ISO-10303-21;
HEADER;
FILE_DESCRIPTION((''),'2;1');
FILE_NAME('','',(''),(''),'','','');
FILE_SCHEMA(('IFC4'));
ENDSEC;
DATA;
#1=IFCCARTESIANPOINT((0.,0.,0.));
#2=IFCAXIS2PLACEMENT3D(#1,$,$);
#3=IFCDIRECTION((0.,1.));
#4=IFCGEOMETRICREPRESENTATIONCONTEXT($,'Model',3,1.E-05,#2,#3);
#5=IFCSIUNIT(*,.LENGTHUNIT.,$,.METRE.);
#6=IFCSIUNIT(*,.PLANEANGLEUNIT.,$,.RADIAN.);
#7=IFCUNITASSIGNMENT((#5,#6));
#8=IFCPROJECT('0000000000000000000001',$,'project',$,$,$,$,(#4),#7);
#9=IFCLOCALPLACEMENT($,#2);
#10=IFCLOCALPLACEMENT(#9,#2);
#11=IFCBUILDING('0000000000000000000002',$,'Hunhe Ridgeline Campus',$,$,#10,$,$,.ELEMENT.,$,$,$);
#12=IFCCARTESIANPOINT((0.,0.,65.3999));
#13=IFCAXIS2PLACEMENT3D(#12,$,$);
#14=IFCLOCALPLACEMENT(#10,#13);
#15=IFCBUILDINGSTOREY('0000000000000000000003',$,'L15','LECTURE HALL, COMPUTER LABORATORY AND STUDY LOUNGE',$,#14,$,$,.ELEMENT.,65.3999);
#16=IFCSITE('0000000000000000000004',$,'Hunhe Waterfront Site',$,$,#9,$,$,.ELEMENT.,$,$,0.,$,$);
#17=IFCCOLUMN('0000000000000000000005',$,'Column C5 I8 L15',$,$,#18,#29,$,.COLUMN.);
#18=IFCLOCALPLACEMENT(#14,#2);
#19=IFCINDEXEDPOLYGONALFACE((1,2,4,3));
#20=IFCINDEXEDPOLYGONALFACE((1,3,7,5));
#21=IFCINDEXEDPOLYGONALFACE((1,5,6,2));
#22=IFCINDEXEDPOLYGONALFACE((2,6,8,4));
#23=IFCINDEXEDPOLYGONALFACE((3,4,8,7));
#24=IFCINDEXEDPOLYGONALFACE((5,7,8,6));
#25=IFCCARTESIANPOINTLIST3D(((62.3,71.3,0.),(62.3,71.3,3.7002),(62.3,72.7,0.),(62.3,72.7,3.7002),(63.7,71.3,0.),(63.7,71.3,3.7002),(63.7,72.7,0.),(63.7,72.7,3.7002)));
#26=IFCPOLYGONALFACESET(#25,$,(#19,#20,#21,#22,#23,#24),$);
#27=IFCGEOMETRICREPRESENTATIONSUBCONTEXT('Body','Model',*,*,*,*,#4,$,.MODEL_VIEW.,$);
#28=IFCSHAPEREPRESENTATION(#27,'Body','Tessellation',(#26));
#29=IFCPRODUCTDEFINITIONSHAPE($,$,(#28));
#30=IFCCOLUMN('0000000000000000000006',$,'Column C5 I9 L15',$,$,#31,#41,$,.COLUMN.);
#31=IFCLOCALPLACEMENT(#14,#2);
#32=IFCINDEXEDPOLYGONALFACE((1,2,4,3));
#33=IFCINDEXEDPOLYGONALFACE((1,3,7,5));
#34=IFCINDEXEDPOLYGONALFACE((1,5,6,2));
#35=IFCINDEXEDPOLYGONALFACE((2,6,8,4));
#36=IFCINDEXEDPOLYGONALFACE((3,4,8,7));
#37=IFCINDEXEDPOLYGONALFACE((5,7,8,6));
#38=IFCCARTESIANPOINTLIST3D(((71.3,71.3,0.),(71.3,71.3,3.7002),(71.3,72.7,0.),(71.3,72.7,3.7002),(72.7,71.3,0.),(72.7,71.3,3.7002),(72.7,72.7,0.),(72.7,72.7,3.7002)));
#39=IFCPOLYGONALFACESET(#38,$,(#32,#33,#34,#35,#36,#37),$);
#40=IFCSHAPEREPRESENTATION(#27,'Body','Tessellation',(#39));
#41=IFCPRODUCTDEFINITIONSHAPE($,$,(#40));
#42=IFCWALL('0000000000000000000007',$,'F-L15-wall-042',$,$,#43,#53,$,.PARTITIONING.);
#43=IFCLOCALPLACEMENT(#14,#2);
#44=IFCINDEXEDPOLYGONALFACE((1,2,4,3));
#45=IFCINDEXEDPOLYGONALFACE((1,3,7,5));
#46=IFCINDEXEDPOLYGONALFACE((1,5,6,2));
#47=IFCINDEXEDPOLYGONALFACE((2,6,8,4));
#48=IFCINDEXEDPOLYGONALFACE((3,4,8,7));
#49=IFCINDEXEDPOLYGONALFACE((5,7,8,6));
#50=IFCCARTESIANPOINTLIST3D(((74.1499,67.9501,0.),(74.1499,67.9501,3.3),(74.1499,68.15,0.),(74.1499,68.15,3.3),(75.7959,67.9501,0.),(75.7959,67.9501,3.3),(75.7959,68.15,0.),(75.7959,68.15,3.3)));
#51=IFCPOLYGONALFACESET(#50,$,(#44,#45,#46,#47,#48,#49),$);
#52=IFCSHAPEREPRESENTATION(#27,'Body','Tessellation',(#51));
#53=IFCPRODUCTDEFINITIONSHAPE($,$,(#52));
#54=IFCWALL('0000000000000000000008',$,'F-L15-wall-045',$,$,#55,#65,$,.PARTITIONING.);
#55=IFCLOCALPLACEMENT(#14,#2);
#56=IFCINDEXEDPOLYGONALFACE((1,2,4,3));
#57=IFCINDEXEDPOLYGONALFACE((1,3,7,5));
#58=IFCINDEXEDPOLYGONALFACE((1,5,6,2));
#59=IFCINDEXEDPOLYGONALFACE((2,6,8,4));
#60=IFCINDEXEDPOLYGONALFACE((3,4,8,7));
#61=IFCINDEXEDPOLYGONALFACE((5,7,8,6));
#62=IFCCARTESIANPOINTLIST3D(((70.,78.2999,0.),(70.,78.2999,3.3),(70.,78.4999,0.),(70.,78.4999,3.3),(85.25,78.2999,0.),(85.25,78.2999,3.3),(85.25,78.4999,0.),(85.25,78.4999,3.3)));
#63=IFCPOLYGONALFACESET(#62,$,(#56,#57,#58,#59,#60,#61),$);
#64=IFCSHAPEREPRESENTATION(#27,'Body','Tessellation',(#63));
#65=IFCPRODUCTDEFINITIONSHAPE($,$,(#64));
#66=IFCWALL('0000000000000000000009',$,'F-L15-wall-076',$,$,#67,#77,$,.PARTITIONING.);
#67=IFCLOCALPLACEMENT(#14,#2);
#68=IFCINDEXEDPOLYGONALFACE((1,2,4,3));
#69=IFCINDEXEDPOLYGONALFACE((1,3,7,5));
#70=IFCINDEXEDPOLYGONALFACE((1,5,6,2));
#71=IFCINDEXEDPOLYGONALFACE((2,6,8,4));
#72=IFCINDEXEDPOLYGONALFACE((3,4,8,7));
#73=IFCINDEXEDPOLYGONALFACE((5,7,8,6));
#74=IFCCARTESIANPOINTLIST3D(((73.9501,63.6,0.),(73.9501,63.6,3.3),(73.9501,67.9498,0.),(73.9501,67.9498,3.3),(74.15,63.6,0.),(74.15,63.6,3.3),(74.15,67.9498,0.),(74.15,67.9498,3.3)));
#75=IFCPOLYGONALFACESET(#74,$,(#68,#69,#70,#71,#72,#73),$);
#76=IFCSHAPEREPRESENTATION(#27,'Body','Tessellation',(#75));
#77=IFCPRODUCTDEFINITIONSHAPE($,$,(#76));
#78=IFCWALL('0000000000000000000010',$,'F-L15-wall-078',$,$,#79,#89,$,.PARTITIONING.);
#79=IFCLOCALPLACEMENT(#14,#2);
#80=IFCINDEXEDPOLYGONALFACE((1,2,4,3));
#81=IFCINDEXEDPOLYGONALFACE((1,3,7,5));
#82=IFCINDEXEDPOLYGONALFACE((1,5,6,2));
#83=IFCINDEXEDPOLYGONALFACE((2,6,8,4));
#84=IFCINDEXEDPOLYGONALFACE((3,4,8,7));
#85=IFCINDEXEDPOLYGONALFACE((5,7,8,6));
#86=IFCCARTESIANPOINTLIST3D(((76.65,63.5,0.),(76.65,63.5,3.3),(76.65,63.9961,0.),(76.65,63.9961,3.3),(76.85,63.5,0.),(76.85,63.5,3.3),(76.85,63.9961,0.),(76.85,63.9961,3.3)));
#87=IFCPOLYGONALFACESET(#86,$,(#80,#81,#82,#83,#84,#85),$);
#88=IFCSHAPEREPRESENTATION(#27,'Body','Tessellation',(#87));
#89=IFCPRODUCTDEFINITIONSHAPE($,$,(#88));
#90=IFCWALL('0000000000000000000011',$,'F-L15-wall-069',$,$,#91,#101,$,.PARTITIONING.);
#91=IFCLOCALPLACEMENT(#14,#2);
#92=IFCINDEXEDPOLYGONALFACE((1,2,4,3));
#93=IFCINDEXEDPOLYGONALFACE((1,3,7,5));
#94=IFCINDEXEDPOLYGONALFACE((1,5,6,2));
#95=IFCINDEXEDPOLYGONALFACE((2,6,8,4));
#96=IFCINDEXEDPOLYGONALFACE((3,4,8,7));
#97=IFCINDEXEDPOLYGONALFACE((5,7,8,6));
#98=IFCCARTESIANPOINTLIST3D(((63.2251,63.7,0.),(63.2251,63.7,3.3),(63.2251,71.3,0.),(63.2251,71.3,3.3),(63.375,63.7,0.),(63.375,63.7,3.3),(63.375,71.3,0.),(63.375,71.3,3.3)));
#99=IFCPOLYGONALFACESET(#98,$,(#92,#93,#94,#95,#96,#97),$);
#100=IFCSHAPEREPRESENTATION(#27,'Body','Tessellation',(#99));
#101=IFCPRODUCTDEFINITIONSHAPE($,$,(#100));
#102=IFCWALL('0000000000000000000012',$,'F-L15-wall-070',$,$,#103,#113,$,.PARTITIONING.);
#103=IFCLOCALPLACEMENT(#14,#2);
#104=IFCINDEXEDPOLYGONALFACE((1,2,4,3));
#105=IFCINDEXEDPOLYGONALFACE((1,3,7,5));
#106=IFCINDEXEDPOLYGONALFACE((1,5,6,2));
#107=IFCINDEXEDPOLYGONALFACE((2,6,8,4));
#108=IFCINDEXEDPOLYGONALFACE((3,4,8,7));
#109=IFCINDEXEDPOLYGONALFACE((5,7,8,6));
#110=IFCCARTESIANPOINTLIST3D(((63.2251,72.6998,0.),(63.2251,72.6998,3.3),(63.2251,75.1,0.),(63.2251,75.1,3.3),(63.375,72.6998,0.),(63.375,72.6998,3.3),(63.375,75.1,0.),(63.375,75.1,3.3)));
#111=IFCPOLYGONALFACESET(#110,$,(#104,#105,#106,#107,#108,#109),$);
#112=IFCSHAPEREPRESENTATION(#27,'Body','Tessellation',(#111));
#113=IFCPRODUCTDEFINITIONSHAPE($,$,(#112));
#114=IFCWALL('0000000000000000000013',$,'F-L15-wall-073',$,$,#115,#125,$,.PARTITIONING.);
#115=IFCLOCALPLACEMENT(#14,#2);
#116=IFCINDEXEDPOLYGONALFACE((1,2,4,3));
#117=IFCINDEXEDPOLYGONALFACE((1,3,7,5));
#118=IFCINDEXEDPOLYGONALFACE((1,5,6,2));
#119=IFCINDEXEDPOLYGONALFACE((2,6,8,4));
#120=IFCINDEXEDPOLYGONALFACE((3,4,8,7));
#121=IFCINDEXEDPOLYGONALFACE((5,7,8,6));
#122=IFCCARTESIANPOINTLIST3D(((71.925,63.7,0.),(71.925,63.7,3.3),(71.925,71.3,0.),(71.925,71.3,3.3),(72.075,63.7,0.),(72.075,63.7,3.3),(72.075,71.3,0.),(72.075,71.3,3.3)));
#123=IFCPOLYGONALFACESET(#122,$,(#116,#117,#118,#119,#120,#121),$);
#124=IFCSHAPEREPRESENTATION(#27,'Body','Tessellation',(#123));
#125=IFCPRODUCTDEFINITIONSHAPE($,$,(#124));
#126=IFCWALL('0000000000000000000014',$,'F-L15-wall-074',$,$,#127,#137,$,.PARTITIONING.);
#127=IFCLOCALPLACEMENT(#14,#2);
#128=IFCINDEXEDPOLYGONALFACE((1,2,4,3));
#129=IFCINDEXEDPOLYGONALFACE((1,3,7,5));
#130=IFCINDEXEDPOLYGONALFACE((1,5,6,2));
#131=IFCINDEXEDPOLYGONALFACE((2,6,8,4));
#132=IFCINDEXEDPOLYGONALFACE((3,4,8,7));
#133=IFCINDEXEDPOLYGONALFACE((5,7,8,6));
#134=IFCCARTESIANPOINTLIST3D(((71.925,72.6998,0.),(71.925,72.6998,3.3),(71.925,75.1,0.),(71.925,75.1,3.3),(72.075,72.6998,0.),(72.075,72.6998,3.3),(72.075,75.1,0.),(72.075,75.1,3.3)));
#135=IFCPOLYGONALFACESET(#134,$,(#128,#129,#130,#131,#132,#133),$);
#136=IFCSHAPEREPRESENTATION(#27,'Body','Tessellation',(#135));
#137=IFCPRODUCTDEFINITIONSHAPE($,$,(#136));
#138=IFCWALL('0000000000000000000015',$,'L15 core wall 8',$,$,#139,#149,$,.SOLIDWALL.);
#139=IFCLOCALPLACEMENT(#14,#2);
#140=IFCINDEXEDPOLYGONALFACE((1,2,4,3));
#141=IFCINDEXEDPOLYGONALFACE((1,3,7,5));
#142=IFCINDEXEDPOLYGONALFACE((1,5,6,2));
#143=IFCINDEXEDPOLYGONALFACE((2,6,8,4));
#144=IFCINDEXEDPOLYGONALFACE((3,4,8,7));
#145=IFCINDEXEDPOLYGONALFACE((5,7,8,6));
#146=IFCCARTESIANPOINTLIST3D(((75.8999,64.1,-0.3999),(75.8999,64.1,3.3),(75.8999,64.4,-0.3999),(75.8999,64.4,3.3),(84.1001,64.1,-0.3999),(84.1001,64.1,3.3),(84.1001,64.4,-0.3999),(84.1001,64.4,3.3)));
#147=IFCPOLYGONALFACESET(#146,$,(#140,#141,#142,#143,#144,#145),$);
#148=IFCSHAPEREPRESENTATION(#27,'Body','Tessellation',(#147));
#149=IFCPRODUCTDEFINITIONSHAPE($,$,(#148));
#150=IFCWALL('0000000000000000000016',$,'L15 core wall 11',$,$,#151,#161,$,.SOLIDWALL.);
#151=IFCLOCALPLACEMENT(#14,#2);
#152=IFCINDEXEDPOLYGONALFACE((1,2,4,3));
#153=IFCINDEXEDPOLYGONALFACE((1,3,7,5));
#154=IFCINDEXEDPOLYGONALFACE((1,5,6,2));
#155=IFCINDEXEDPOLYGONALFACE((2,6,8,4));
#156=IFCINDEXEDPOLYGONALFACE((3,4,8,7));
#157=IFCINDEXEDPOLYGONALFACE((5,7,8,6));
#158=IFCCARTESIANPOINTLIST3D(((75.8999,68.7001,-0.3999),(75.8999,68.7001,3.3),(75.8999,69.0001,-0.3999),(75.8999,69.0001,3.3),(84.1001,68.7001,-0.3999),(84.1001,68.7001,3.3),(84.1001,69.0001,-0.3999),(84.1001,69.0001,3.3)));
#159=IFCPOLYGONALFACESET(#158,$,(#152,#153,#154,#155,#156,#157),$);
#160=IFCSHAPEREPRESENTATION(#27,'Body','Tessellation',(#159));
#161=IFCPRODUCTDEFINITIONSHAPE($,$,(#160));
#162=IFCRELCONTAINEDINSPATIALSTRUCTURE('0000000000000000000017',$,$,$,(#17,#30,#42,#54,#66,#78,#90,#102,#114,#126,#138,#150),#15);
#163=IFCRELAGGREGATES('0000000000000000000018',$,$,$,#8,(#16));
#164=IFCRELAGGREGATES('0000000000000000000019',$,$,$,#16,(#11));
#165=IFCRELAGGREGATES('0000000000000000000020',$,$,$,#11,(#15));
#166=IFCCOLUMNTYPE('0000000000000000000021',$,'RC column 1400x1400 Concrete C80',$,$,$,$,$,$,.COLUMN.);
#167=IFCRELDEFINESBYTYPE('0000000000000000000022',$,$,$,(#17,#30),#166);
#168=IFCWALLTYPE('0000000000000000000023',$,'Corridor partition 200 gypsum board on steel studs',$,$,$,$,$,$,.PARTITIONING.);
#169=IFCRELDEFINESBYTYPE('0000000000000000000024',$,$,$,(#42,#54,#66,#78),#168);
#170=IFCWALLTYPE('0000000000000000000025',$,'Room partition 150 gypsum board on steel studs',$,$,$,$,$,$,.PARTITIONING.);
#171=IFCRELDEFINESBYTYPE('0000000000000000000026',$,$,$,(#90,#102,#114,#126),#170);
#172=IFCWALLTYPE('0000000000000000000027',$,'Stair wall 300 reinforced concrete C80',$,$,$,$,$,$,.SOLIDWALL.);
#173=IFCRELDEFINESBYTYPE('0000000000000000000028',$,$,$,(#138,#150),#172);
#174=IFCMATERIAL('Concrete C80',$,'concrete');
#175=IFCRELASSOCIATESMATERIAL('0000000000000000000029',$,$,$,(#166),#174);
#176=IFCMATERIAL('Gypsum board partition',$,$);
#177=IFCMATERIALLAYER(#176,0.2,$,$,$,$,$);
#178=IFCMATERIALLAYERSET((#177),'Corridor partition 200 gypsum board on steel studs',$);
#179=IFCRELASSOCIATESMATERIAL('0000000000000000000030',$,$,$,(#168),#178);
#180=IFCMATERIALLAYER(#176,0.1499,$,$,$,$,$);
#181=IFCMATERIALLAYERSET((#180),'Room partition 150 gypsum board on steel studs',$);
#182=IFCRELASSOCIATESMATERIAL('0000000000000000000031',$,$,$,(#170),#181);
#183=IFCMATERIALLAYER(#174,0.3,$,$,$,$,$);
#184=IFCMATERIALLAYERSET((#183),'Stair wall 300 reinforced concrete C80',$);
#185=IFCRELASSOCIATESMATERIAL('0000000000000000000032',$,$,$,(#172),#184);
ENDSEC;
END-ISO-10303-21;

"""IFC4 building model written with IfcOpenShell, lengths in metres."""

from ifc_helpers import new_model, si_unit, direction, frame, frame_2d, origin, origin_2d, place, context, subcontext, project, spatial, rectangle, extrude, material, layer, layer_set, material_profile, profile_set, type_object, element, save


model = new_model("IFC4")

# Units and contexts
model_context = context("Model", 3, precision=1e-05, world=origin(), true_north=direction((0.0, 1.0)))
body_context = subcontext(model_context, "Body", "Model", "MODEL_VIEW")
ifc_project = project(units=[si_unit("LENGTHUNIT", "METRE"), si_unit("PLANEANGLEUNIT", "RADIAN")], contexts=[model_context])

# Site, building, storey
site_placement = place(None, origin())
site = spatial("IfcSite", under=ifc_project, at=site_placement, Name="Hunhe Waterfront Site", CompositionType="ELEMENT", RefElevation=0.0)
building_placement = place(site_placement, origin())
building = spatial("IfcBuilding", under=site, at=building_placement, Name="Hunhe Ridgeline Campus", CompositionType="ELEMENT")
storey_placement = place(building_placement, frame((0.0, 0.0, 65.3999)))
storey = spatial("IfcBuildingStorey", under=building, at=storey_placement, Name="L15", Description="LECTURE HALL, COMPUTER LABORATORY AND STUDY LOUNGE", CompositionType="ELEMENT", Elevation=65.3999)

# Columns
ifc_material_1 = material(Name="Concrete C80", Category="concrete")
ifc_material_profile = material_profile(ifc_material_1, rectangle(XDim=1.3999, YDim=1.3999, at=origin_2d()))
ifc_profile_set = profile_set([ifc_material_profile], Name="Concrete C80")
column_type = type_object("IfcColumnType", Name="RC column 1400x1400 Concrete C80", PredefinedType="COLUMN", material=ifc_profile_set)
for number, where, z_axis, x_axis, name in (
    (1, (63.0, 72.0, 0.0), (0.0, 0.0, 1.0), (1.0, 0.0, 0.0), "Column C5 I8 L15"),
    (2, (72.0, 72.0, 0.0), (0.0, 0.0, 1.0), (1.0, 0.0, 0.0), "Column C5 I9 L15"),
):
    element("IfcColumn", number, at=place(storey_placement, frame(where, z_axis=z_axis, x_axis=x_axis)), inside=storey, type_object=column_type, Name=name, PredefinedType="COLUMN", context=body_context, shape_type="SweptSolid", body=[
        extrude(rectangle(XDim=1.3999, YDim=1.3999, at=origin_2d()), origin(), (0.0, 0.0, 1.0), 3.7002),
    ])

# Walls
ifc_material_2 = material(Name="Gypsum board partition")
ifc_layer_1 = layer(ifc_material_2, 0.2)
ifc_layer_set_1 = layer_set([ifc_layer_1], Name="Corridor partition 200 gypsum board on steel studs")
wall_type_1 = type_object("IfcWallType", Name="Corridor partition 200 gypsum board on steel studs", PredefinedType="PARTITIONING", material=ifc_layer_set_1)
wall_1_placement = place(storey_placement, frame((74.1499, 68.05, 0.0), z_axis=(0.0, 0.0, 1.0), x_axis=(1.0, 0.0, 0.0)))
element("IfcWall", 3, at=wall_1_placement, inside=storey, type_object=wall_type_1, Name="F-L15-wall-042", PredefinedType="PARTITIONING", context=body_context, shape_type="SweptSolid", body=[
    extrude(rectangle(XDim=1.646, YDim=0.2, at=frame_2d((0.823, 0.0))), origin(), (0.0, 0.0, 1.0), 3.3),
])
wall_2_placement = place(storey_placement, frame((70.0, 78.3999, 0.0), z_axis=(0.0, 0.0, 1.0), x_axis=(1.0, 0.0, 0.0)))
element("IfcWall", 4, at=wall_2_placement, inside=storey, type_object=wall_type_1, Name="F-L15-wall-045", PredefinedType="PARTITIONING", context=body_context, shape_type="SweptSolid", body=[
    extrude(rectangle(XDim=15.25, YDim=0.2, at=frame_2d((7.625, 0.0))), origin(), (0.0, 0.0, 1.0), 3.3),
])
wall_3_placement = place(storey_placement, frame((74.05, 63.6001, 0.0), z_axis=(0.0, 0.0, 1.0), x_axis=(0.0, 1.0, 0.0)))
element("IfcWall", 5, at=wall_3_placement, inside=storey, type_object=wall_type_1, Name="F-L15-wall-076", PredefinedType="PARTITIONING", context=body_context, shape_type="SweptSolid", body=[
    extrude(rectangle(XDim=4.3499, YDim=0.2, at=frame_2d((2.1748, 0.0))), origin(), (0.0, 0.0, 1.0), 3.3),
])
wall_4_placement = place(storey_placement, frame((76.75, 63.9961, 0.0), z_axis=(0.0, 0.0, 1.0), x_axis=(0.0, -1.0, 0.0)))
element("IfcWall", 6, at=wall_4_placement, inside=storey, type_object=wall_type_1, Name="F-L15-wall-078", PredefinedType="PARTITIONING", context=body_context, shape_type="SweptSolid", body=[
    extrude(rectangle(XDim=0.4961, YDim=0.2, at=frame_2d((0.248, 0.0))), origin(), (0.0, 0.0, 1.0), 3.3),
])
ifc_layer_2 = layer(ifc_material_2, 0.1499)
ifc_layer_set_2 = layer_set([ifc_layer_2], Name="Room partition 150 gypsum board on steel studs")
wall_type_2 = type_object("IfcWallType", Name="Room partition 150 gypsum board on steel studs", PredefinedType="PARTITIONING", material=ifc_layer_set_2)
wall_5_placement = place(storey_placement, frame((63.3, 71.3, 0.0), z_axis=(0.0, 0.0, 1.0), x_axis=(0.0, -1.0, 0.0)))
element("IfcWall", 7, at=wall_5_placement, inside=storey, type_object=wall_type_2, Name="F-L15-wall-069", PredefinedType="PARTITIONING", context=body_context, shape_type="SweptSolid", body=[
    extrude(rectangle(XDim=7.6001, YDim=0.1499, at=frame_2d((3.8, 0.0))), origin(), (0.0, 0.0, 1.0), 3.3),
])
wall_6_placement = place(storey_placement, frame((63.3, 75.1001, 0.0), z_axis=(0.0, 0.0, 1.0), x_axis=(0.0, -1.0, 0.0)))
element("IfcWall", 8, at=wall_6_placement, inside=storey, type_object=wall_type_2, Name="F-L15-wall-070", PredefinedType="PARTITIONING", context=body_context, shape_type="SweptSolid", body=[
    extrude(rectangle(XDim=2.4001, YDim=0.1499, at=frame_2d((1.2002, 0.0))), origin(), (0.0, 0.0, 1.0), 3.3),
])
wall_7_placement = place(storey_placement, frame((72.0, 71.3, 0.0), z_axis=(0.0, 0.0, 1.0), x_axis=(0.0, -1.0, 0.0)))
element("IfcWall", 9, at=wall_7_placement, inside=storey, type_object=wall_type_2, Name="F-L15-wall-073", PredefinedType="PARTITIONING", context=body_context, shape_type="SweptSolid", body=[
    extrude(rectangle(XDim=7.6001, YDim=0.1499, at=frame_2d((3.8, 0.0))), origin(), (0.0, 0.0, 1.0), 3.3),
])
wall_8_placement = place(storey_placement, frame((72.0, 75.1001, 0.0), z_axis=(0.0, 0.0, 1.0), x_axis=(0.0, -1.0, 0.0)))
element("IfcWall", 10, at=wall_8_placement, inside=storey, type_object=wall_type_2, Name="F-L15-wall-074", PredefinedType="PARTITIONING", context=body_context, shape_type="SweptSolid", body=[
    extrude(rectangle(XDim=2.4001, YDim=0.1499, at=frame_2d((1.2002, 0.0))), origin(), (0.0, 0.0, 1.0), 3.3),
])
ifc_layer_3 = layer(ifc_material_1, 0.3)
ifc_layer_set_3 = layer_set([ifc_layer_3], Name="Stair wall 300 reinforced concrete C80")
wall_type_3 = type_object("IfcWallType", Name="Stair wall 300 reinforced concrete C80", PredefinedType="SOLIDWALL", material=ifc_layer_set_3)
for number, where, z_axis, x_axis, name in (
    (11, (75.8999, 64.25, -0.3999), (0.0, 0.0, 1.0), (1.0, 0.0, 0.0), "L15 core wall 8"),
    (12, (75.8999, 68.8501, -0.3999), (0.0, 0.0, 1.0), (1.0, 0.0, 0.0), "L15 core wall 11"),
):
    element("IfcWall", number, at=place(storey_placement, frame(where, z_axis=z_axis, x_axis=x_axis)), inside=storey, type_object=wall_type_3, Name=name, PredefinedType="SOLIDWALL", context=body_context, shape_type="SweptSolid", body=[
        extrude(rectangle(XDim=8.2002, YDim=0.3, at=frame_2d((4.1001, 0.0))), origin(), (0.0, 0.0, 1.0), 3.7),
    ])

save(model, "model.ifc")
